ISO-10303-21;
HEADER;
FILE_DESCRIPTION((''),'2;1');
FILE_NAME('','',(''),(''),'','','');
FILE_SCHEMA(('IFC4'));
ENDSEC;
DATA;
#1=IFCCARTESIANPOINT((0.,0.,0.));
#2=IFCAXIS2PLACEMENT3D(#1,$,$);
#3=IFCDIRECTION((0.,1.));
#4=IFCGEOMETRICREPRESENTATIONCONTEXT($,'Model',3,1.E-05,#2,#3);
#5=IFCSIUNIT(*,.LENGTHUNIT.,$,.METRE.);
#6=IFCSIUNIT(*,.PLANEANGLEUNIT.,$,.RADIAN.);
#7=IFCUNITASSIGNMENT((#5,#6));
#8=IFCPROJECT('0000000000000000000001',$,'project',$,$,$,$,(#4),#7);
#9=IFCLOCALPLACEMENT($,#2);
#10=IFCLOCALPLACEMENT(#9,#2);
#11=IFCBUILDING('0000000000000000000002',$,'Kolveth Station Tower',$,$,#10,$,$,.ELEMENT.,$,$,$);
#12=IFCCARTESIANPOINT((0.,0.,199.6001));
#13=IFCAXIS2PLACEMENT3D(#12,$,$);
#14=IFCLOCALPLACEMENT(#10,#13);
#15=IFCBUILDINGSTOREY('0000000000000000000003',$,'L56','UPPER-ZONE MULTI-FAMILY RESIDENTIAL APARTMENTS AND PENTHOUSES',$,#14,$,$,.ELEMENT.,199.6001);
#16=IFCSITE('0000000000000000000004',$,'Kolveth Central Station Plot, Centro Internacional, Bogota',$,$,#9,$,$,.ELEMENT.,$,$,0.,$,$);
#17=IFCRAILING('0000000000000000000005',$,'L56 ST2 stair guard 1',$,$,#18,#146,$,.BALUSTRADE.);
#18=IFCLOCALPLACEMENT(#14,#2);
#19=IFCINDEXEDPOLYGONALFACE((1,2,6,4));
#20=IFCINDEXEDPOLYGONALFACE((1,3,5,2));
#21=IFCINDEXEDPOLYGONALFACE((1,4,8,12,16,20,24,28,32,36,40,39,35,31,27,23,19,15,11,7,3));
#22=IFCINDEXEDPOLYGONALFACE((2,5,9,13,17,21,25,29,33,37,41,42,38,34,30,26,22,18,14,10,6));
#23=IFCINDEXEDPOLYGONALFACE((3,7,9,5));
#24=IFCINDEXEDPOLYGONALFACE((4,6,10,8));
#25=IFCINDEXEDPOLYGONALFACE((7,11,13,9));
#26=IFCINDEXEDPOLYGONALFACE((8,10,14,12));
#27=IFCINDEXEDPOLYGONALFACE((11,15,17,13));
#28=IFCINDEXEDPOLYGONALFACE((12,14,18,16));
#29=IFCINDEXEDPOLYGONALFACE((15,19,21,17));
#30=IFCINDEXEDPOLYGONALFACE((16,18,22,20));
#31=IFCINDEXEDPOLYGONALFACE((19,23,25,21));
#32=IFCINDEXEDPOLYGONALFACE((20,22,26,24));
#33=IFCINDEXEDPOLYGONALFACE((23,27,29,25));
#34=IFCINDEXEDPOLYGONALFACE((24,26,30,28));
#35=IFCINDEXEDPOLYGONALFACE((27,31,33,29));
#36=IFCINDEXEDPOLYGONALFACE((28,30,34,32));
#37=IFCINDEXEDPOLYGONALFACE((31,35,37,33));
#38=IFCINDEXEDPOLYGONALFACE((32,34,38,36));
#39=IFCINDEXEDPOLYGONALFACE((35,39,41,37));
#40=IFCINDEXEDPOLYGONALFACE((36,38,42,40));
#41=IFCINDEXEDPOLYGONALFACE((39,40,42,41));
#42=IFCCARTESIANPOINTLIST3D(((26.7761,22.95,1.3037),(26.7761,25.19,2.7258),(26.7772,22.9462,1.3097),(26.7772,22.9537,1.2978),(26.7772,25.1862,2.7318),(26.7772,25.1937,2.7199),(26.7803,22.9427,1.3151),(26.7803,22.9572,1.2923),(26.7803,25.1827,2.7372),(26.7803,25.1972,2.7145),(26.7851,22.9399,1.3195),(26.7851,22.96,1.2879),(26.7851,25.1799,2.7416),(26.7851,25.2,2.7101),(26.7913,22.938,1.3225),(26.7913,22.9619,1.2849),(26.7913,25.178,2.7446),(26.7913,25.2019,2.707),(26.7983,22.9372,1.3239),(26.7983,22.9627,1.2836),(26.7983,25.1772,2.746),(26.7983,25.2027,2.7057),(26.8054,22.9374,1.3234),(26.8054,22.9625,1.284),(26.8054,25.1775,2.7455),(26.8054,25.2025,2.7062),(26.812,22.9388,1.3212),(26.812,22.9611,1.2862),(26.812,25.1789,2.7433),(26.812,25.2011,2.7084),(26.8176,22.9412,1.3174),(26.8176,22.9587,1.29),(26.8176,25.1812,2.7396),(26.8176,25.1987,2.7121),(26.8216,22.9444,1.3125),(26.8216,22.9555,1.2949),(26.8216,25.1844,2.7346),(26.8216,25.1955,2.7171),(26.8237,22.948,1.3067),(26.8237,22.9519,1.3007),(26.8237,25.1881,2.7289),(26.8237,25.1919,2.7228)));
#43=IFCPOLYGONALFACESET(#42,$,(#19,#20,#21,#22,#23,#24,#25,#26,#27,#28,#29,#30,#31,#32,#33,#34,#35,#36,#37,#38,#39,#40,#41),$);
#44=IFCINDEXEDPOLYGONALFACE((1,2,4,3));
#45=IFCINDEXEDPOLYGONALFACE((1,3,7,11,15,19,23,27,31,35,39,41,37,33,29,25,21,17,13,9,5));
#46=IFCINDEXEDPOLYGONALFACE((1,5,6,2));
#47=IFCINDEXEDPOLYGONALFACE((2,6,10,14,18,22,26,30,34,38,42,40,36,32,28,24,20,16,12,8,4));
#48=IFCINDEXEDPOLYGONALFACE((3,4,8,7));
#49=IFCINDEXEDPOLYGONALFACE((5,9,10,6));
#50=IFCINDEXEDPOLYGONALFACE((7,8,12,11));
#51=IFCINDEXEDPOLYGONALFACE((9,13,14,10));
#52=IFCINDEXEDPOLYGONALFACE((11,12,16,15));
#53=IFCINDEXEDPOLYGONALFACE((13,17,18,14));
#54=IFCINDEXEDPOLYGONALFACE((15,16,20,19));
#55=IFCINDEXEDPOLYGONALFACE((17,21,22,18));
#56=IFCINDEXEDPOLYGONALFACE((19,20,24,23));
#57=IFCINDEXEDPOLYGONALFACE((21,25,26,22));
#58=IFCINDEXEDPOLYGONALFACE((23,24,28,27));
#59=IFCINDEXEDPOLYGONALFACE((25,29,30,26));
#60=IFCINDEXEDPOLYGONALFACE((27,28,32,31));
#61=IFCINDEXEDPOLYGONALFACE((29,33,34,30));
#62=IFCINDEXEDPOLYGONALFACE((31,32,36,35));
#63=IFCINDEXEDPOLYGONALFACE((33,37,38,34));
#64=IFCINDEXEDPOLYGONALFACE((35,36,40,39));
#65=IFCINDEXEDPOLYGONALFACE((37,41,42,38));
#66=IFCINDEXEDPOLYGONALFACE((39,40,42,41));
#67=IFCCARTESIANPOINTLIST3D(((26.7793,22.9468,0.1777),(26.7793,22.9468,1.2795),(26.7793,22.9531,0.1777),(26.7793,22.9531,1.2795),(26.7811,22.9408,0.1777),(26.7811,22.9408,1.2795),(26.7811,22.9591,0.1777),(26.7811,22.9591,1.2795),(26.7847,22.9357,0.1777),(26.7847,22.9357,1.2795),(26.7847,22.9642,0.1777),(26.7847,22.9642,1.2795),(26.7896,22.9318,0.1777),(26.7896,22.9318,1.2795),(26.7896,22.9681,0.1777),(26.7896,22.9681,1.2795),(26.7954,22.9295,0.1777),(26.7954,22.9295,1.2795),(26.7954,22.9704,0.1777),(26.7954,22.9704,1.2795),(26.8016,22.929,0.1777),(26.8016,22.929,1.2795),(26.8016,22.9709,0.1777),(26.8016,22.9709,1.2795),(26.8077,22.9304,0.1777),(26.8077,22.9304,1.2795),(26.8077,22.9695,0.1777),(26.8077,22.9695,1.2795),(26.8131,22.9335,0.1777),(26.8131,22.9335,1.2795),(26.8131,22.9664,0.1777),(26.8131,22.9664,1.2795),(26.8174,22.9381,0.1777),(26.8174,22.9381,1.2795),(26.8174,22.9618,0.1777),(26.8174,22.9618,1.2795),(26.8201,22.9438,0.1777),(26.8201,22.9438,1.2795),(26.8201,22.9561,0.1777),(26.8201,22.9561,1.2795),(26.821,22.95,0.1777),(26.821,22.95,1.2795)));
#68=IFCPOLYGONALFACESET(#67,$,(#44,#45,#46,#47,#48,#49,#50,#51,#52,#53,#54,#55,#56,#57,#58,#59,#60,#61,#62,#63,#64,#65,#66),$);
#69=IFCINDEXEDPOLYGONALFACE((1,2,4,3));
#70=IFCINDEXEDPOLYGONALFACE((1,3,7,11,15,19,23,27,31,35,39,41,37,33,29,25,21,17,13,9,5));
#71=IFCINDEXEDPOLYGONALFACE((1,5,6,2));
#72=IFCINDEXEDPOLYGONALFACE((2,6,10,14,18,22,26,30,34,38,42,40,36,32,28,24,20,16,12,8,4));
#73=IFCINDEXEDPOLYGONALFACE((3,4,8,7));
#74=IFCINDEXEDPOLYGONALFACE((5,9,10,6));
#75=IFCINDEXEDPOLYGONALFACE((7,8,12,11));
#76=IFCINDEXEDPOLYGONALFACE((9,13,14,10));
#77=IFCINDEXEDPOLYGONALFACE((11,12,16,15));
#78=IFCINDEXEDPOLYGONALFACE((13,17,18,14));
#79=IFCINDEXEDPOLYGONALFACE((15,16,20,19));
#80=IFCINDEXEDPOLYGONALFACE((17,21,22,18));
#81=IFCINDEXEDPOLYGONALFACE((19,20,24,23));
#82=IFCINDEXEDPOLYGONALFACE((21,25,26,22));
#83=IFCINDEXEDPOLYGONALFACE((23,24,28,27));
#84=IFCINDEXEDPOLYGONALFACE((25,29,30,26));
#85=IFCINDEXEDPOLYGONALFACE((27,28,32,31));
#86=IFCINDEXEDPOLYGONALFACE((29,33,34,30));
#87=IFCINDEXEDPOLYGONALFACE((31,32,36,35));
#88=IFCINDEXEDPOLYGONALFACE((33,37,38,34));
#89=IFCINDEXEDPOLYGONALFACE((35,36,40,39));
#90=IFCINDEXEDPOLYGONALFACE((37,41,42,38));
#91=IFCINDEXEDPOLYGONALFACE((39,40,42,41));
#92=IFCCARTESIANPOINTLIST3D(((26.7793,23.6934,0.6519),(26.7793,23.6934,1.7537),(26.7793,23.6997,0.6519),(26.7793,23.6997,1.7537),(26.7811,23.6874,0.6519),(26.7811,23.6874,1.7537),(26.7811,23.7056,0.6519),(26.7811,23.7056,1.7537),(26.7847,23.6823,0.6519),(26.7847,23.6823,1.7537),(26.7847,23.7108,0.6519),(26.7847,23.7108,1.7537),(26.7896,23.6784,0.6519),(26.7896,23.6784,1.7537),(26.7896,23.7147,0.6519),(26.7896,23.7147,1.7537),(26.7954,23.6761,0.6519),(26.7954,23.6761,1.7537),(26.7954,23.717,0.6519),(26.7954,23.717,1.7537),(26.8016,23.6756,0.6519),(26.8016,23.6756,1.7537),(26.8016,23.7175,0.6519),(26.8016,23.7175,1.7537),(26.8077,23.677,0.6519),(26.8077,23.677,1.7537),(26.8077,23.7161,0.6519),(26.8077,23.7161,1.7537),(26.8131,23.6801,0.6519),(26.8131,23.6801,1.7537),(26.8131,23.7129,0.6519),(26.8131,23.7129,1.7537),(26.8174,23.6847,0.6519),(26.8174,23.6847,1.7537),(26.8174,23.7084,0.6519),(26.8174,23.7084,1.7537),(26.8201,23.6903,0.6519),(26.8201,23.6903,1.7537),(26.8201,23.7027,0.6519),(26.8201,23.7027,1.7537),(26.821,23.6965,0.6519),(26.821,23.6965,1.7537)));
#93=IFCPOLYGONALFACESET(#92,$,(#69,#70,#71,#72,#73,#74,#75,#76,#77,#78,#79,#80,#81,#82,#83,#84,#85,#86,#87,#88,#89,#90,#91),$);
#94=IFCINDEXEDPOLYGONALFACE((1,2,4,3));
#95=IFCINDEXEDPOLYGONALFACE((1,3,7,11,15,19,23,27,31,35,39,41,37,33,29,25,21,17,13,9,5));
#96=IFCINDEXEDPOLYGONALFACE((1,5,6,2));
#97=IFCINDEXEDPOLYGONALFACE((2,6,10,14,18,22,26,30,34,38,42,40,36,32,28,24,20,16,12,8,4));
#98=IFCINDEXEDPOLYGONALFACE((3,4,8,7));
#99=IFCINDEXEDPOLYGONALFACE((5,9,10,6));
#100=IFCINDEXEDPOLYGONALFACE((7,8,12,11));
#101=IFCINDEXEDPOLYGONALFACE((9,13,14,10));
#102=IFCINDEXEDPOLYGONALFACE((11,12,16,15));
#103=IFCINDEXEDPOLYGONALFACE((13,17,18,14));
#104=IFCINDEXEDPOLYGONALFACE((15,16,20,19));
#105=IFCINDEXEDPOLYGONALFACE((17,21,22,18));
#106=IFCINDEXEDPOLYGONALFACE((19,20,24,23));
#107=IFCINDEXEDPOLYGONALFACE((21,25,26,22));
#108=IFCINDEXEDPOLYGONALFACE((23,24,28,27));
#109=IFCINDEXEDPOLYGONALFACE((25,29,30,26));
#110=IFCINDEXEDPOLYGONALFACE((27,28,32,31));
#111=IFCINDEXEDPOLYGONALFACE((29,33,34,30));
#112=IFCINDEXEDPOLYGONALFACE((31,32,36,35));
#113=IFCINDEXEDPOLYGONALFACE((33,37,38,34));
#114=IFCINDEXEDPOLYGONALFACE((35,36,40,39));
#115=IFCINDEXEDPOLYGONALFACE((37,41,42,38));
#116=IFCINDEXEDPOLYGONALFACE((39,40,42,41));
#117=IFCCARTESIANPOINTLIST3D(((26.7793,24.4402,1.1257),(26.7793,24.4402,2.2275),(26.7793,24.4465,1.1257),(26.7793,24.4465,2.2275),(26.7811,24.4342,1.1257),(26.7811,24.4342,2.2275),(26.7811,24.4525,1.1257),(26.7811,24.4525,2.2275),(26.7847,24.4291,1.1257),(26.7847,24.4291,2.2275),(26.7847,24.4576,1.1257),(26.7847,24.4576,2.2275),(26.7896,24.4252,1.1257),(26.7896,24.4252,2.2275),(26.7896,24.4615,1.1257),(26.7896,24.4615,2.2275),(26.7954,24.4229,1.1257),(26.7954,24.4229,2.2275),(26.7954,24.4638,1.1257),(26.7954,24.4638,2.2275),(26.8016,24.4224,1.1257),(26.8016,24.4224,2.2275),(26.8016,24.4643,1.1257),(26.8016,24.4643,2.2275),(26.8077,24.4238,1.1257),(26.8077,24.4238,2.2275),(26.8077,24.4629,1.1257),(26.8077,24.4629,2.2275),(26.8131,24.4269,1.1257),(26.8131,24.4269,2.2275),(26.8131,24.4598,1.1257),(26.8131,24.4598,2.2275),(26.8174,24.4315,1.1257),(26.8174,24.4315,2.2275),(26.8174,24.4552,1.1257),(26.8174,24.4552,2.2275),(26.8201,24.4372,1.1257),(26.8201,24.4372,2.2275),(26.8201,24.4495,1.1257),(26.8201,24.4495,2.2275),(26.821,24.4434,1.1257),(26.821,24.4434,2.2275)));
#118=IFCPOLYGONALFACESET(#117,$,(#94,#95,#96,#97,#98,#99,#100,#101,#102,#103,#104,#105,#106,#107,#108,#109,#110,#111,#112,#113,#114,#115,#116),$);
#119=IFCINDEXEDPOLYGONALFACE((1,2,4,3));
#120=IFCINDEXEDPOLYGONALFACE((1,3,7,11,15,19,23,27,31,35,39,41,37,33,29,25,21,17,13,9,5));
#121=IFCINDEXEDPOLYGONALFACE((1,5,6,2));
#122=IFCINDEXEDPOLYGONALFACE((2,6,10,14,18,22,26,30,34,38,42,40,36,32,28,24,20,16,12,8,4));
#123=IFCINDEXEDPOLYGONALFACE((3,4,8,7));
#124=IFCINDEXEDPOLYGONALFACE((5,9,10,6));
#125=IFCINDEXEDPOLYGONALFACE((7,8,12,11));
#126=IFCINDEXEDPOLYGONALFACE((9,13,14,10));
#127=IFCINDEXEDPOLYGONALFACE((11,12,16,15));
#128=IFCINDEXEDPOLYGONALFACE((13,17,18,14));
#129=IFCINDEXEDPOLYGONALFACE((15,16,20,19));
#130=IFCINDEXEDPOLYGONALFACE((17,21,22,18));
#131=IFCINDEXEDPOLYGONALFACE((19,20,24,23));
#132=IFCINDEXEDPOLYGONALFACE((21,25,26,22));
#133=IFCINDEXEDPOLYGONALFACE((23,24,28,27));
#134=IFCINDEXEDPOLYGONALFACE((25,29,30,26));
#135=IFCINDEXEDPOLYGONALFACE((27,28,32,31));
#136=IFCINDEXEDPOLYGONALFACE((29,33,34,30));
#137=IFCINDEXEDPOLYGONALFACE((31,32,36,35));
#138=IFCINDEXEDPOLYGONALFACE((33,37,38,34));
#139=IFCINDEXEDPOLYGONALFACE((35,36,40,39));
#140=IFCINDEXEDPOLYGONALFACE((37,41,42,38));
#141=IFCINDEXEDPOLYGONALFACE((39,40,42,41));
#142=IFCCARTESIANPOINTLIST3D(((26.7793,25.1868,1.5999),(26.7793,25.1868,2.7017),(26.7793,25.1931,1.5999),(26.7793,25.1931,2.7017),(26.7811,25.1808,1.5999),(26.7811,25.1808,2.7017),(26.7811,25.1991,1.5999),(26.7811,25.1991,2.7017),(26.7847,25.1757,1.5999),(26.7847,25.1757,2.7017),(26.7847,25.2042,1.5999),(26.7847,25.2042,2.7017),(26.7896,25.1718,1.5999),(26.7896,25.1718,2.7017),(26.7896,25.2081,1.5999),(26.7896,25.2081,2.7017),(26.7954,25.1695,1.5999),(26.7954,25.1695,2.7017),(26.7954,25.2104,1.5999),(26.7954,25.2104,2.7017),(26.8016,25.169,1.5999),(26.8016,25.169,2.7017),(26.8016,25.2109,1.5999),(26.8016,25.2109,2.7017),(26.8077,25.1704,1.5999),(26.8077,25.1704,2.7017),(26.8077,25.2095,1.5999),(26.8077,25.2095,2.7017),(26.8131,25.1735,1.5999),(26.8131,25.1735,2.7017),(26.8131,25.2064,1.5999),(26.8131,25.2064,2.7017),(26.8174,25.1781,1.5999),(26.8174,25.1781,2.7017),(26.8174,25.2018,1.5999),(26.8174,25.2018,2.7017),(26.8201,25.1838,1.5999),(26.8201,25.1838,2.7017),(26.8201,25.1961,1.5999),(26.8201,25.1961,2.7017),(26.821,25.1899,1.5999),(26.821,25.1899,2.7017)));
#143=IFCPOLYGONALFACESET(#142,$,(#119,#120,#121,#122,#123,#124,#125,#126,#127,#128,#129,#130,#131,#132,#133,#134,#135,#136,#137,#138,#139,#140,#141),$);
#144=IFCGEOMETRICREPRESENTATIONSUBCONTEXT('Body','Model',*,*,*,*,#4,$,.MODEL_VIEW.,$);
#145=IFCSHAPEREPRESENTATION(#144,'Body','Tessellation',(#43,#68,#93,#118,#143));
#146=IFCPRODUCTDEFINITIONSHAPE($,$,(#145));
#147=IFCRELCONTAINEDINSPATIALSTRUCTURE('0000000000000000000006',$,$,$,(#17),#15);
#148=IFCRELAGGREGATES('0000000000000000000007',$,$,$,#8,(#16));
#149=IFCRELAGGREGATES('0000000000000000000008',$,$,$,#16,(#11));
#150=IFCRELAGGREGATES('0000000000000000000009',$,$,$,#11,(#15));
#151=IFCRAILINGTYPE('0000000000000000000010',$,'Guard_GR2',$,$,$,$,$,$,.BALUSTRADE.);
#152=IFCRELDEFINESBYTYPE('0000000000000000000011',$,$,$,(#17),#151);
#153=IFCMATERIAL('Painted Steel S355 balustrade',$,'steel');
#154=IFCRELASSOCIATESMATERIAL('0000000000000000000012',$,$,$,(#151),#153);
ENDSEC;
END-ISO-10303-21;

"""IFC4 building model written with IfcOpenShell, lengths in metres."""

from ifc_helpers import new_model, si_unit, direction, frame, origin, origin_2d, place, context, subcontext, project, spatial, circle, extrude, material, type_object, element, save


model = new_model("IFC4")

# Units and contexts
model_context = context("Model", 3, precision=1e-05, world=origin(), true_north=direction((0.0, 1.0)))
body_context = subcontext(model_context, "Body", "Model", "MODEL_VIEW")
ifc_project = project(units=[si_unit("LENGTHUNIT", "METRE"), si_unit("PLANEANGLEUNIT", "RADIAN")], contexts=[model_context])

# Site, building, storey
site_placement = place(None, origin())
site = spatial("IfcSite", under=ifc_project, at=site_placement, Name="Kolveth Central Station Plot, Centro Internacional, Bogota", CompositionType="ELEMENT", RefElevation=0.0)
building_placement = place(site_placement, origin())
building = spatial("IfcBuilding", under=site, at=building_placement, Name="Kolveth Station Tower", CompositionType="ELEMENT")
storey_placement = place(building_placement, frame((0.0, 0.0, 199.6001)))
storey = spatial("IfcBuildingStorey", under=building, at=storey_placement, Name="L56", Description="UPPER-ZONE MULTI-FAMILY RESIDENTIAL APARTMENTS AND PENTHOUSES", CompositionType="ELEMENT", Elevation=199.6001)

# Railing
ifc_material_1 = material(Name="Painted Steel S355 balustrade", Category="steel")
railing_type_1 = type_object("IfcRailingType", Name="Guard_GR2", PredefinedType="BALUSTRADE", material=ifc_material_1)
for number, where, name in (
    (1, (26.8, 22.95, 0.1777), "L56 ST2 stair guard 1"),
):
    element("IfcRailing", number, at=place(storey_placement, frame(where)), inside=storey, type_object=railing_type_1, Name=name, PredefinedType="BALUSTRADE", context=body_context, shape_type="SweptSolid", body=[
        extrude(circle(Radius=0.0239, at=origin_2d()), frame((0.0, 0.0, 1.126), z_axis=(0.0, 0.844229, 0.535982), x_axis=(-1.0, 0.0, 0.0)), (0.0, 0.0, 1.0), 2.6533),
        extrude(circle(Radius=0.021, at=origin_2d()), origin(), (0.0, 0.0, 1.0), 1.1018),
        extrude(circle(Radius=0.021, at=origin_2d()), frame((0.0, 0.7466, 0.4741)), (0.0, 0.0, 1.0), 1.1018),
        extrude(circle(Radius=0.021, at=origin_2d()), frame((0.0, 1.4934, 0.948)), (0.0, 0.0, 1.0), 1.1018),
        extrude(circle(Radius=0.021, at=origin_2d()), frame((0.0, 2.24, 1.4221)), (0.0, 0.0, 1.0), 1.1018),
    ])

save(model, "model.ifc")
